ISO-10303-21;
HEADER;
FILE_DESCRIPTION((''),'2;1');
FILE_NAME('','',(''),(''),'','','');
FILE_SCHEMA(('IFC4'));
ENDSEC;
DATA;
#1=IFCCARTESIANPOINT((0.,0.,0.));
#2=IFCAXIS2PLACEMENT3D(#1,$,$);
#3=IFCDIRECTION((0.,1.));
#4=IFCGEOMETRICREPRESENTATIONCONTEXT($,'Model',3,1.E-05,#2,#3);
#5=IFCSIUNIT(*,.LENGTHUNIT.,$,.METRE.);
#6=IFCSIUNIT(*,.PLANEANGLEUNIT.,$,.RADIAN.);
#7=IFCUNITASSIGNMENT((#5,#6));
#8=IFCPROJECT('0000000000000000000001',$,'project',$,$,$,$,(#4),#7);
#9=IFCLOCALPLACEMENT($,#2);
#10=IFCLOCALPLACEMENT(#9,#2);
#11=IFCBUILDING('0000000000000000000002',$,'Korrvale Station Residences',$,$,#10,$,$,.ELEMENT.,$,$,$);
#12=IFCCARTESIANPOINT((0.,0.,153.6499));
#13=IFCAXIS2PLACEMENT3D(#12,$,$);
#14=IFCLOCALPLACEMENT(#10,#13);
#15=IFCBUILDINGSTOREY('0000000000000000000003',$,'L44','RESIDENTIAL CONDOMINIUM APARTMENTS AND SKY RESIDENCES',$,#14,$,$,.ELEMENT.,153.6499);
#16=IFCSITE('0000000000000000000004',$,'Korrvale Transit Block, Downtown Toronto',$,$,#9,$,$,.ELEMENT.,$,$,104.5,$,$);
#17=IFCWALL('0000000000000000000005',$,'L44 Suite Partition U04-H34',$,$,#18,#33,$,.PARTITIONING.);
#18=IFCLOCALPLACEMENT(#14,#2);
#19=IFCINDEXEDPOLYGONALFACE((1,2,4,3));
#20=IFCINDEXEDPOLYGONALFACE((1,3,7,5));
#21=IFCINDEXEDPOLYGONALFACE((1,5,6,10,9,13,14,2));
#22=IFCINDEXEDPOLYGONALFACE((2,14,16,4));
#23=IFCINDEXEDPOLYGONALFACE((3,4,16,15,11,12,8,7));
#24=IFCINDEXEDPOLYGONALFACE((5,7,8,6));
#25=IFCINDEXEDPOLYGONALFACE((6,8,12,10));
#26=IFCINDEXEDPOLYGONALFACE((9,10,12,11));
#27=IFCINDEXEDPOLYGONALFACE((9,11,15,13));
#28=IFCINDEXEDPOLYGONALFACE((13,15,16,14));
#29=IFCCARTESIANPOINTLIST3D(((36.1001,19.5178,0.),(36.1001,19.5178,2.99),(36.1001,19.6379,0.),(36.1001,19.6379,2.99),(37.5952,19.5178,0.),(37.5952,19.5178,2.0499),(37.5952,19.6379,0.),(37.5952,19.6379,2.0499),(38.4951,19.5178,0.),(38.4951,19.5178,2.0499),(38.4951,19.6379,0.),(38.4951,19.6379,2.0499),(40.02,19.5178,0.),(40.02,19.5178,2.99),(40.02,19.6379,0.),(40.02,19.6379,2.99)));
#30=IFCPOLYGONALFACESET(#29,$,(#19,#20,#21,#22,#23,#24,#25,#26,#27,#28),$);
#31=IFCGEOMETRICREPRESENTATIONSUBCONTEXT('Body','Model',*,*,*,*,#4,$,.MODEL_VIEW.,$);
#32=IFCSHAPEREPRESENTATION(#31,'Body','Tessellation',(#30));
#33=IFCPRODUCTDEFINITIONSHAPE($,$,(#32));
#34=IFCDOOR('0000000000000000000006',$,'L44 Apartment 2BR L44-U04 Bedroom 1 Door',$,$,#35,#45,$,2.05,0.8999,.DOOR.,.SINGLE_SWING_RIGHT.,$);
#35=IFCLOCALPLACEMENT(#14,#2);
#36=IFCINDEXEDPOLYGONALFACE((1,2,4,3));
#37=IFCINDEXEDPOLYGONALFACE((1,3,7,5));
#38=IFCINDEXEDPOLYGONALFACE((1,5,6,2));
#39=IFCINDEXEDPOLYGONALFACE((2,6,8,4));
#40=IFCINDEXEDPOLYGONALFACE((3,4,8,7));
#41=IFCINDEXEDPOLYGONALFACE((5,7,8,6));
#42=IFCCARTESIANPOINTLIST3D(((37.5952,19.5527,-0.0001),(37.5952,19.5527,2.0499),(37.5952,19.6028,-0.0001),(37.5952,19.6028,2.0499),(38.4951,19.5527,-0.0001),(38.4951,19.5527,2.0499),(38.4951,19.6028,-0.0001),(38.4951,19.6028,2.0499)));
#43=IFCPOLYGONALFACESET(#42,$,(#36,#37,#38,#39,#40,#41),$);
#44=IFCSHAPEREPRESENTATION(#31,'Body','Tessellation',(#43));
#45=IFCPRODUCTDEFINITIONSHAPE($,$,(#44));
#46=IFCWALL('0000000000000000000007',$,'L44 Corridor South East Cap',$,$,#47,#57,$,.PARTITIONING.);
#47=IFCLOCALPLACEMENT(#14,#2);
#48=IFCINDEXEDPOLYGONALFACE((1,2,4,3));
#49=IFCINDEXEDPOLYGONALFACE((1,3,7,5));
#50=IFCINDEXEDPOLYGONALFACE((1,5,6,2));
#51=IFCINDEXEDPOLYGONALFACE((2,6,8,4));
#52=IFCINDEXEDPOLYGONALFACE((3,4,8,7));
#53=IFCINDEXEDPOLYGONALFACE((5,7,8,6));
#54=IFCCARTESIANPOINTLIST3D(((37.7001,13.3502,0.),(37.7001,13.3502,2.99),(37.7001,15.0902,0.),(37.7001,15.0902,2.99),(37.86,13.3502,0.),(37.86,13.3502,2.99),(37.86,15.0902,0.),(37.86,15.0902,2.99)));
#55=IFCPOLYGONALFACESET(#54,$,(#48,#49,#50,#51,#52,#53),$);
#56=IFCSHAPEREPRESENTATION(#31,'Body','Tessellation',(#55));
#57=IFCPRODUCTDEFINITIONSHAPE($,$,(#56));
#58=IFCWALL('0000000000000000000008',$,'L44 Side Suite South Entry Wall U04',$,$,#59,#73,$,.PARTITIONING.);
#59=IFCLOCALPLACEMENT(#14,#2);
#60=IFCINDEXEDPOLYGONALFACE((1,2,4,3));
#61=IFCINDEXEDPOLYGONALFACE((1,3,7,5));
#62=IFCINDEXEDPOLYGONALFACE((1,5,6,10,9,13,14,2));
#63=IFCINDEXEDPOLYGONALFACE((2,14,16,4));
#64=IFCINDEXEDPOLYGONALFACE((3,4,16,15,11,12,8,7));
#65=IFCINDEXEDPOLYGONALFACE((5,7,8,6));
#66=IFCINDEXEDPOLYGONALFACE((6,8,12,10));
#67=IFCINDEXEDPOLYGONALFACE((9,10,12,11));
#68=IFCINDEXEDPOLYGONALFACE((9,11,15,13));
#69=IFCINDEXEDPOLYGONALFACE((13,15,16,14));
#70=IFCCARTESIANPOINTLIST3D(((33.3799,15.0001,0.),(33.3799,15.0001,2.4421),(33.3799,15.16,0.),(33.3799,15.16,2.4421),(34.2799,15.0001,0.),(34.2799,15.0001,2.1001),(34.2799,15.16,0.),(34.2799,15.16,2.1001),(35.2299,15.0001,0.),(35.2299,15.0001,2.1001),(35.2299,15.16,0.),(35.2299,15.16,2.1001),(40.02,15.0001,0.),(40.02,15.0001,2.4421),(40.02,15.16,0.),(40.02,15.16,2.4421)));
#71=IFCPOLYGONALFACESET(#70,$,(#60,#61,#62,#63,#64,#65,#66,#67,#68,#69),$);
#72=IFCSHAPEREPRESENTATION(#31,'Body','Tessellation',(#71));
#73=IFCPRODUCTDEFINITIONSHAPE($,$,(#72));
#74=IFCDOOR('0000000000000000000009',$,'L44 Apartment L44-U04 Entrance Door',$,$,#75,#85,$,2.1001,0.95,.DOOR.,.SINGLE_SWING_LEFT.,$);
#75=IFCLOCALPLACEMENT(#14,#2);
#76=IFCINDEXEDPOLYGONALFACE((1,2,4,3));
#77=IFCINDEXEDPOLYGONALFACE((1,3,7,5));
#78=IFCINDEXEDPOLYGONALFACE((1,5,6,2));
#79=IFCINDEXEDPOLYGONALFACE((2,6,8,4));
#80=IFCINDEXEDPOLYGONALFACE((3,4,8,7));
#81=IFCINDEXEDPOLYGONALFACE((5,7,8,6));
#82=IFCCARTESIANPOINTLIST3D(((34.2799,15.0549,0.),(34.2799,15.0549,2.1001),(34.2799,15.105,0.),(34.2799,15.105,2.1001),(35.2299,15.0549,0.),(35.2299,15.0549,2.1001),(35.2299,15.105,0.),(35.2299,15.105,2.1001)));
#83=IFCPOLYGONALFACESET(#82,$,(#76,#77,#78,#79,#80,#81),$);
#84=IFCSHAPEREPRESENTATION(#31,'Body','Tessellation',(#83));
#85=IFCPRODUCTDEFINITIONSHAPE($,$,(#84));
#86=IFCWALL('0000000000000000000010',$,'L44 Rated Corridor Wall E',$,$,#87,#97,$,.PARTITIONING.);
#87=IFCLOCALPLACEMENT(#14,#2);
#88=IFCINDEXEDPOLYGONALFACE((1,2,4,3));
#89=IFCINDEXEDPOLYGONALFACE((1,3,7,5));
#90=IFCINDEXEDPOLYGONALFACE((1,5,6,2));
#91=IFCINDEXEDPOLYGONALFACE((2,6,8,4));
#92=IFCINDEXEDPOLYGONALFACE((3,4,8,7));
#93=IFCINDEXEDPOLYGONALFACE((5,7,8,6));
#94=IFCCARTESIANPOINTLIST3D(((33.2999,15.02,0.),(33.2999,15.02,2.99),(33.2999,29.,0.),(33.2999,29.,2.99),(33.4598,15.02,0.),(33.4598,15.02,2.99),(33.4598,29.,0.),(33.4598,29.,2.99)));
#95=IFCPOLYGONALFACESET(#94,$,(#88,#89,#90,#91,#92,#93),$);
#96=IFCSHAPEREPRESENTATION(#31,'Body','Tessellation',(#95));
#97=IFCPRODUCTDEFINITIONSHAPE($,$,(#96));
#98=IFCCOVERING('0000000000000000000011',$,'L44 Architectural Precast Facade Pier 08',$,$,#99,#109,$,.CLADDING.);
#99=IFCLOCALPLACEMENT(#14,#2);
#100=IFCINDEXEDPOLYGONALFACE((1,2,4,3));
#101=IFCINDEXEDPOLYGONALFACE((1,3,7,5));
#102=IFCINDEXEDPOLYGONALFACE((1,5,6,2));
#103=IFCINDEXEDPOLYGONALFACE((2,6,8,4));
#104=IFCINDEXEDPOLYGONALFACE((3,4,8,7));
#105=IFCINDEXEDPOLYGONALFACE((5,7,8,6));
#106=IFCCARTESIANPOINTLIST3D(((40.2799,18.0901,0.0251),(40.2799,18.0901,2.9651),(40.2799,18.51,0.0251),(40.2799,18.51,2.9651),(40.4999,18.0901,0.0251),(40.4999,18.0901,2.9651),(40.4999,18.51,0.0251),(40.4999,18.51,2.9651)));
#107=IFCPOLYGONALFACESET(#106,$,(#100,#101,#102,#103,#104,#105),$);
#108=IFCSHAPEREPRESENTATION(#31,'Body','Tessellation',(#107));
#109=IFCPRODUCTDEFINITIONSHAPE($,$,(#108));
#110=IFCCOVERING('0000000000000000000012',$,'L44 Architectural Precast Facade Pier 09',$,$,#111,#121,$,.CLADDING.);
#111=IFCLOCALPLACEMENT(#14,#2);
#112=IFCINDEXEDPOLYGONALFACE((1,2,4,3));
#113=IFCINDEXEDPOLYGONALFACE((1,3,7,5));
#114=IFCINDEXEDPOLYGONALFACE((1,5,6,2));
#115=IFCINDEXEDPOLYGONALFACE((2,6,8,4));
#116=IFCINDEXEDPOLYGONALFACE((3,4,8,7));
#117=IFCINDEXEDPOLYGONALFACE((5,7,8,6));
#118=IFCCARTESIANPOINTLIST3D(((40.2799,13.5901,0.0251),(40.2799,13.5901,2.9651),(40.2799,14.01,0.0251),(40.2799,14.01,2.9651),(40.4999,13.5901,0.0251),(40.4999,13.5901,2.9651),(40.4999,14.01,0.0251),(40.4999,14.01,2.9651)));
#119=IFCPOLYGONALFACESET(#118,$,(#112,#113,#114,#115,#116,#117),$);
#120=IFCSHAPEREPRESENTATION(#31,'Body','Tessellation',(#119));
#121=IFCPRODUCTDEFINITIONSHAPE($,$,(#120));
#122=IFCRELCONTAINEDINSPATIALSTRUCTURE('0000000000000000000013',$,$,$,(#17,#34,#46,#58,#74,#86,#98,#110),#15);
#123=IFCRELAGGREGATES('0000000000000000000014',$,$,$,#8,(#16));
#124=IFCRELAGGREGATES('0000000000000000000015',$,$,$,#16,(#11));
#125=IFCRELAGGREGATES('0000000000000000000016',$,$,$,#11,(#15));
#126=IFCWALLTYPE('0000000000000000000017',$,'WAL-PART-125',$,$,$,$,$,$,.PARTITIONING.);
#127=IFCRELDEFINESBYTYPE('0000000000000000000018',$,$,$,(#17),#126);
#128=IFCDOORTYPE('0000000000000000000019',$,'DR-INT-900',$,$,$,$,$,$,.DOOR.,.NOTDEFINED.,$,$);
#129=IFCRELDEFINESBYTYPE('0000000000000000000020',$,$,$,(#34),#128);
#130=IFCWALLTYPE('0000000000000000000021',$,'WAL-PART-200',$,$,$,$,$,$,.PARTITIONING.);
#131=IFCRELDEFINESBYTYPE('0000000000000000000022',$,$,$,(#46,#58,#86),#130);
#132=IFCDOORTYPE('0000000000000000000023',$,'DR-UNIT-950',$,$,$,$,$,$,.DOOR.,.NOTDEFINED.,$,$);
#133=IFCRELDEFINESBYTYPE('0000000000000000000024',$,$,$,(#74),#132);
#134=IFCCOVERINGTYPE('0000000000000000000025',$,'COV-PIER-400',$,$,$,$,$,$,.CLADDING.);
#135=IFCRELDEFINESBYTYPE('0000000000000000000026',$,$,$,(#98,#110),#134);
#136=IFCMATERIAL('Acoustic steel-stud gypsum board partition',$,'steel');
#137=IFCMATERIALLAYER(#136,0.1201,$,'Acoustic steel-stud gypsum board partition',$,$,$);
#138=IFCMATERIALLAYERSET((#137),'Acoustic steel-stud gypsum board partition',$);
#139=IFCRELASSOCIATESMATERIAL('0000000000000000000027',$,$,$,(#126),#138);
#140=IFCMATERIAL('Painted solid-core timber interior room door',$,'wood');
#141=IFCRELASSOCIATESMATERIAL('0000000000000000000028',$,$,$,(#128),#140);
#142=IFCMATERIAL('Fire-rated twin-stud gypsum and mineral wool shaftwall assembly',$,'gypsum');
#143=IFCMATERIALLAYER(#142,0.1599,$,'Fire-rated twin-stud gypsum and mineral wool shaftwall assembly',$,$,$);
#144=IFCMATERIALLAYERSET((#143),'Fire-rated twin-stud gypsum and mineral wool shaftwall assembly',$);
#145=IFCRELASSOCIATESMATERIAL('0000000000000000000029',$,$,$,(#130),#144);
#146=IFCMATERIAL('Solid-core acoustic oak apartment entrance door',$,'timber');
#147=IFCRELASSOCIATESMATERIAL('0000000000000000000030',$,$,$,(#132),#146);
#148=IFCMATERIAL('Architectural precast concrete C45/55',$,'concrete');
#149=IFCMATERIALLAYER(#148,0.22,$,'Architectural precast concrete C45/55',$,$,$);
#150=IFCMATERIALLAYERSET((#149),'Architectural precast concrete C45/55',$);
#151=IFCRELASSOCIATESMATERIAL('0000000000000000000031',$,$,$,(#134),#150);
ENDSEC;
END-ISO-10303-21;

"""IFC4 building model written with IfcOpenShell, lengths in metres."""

from ifc_helpers import new_model, si_unit, direction, frame, frame_2d, origin, origin_2d, place, context, subcontext, project, spatial, rectangle, extrude, material, layer, layer_set, type_object, element, fill, save


model = new_model("IFC4")

# Units and contexts
model_context = context("Model", 3, precision=1e-05, world=origin(), true_north=direction((0.0, 1.0)))
body_context = subcontext(model_context, "Body", "Model", "MODEL_VIEW")
ifc_project = project(units=[si_unit("LENGTHUNIT", "METRE"), si_unit("PLANEANGLEUNIT", "RADIAN")], contexts=[model_context])

# Site, building, storey
site_placement = place(None, origin())
site = spatial("IfcSite", under=ifc_project, at=site_placement, Name="Korrvale Transit Block, Downtown Toronto", CompositionType="ELEMENT", RefElevation=104.5)
building_placement = place(site_placement, origin())
building = spatial("IfcBuilding", under=site, at=building_placement, Name="Korrvale Station Residences", CompositionType="ELEMENT")
storey_placement = place(building_placement, frame((0.0, 0.0, 153.6499)))
storey = spatial("IfcBuildingStorey", under=building, at=storey_placement, Name="L44", Description="RESIDENTIAL CONDOMINIUM APARTMENTS AND SKY RESIDENCES", CompositionType="ELEMENT", Elevation=153.6499)

# Shared definitions
ifc_material_1 = material(Name="Acoustic steel-stud gypsum board partition", Category="steel")
ifc_layer_1 = layer(ifc_material_1, 0.1201, Name="Acoustic steel-stud gypsum board partition")
ifc_layer_set_1 = layer_set([ifc_layer_1], Name="Acoustic steel-stud gypsum board partition")
wall_type_1 = type_object("IfcWallType", Name="WAL-PART-125", PredefinedType="PARTITIONING", material=ifc_layer_set_1)

# Wall, opening, door
ifc_material_2 = material(Name="Painted solid-core timber interior room door", Category="wood")
door_type_1 = type_object("IfcDoorType", Name="DR-INT-900", OperationType="NOTDEFINED", PredefinedType="DOOR", material=ifc_material_2)
wall_1_placement = place(storey_placement, frame((36.1001, 19.5779, 0.0), z_axis=(0.0, 0.0, 1.0), x_axis=(1.0, 0.0, 0.0)))
wall_1 = element("IfcWall", 1, at=wall_1_placement, inside=storey, type_object=wall_type_1, Name="L44 Suite Partition U04-H34", PredefinedType="PARTITIONING", context=body_context, shape_type="SweptSolid", body=[
    extrude(rectangle(XDim=3.9199, YDim=0.1201, at=frame_2d((1.96, 0.0))), origin(), (0.0, 0.0, 1.0), 2.99),
])
opening_1_placement = place(wall_1_placement, frame((1.4951, 0.0, 0.0)))
opening_1 = element("IfcOpeningElement", 2, at=opening_1_placement, cuts=wall_1, PredefinedType="OPENING", context=body_context, shape_type="SweptSolid", body=[
    extrude(rectangle(XDim=0.8999, YDim=2.05, at=frame_2d((0.45, 1.0249))), frame((0.0, 0.0701, 0.0), z_axis=(0.0, -1.0, 0.0), x_axis=(1.0, 0.0, 0.0)), (0.0, 0.0, 1.0), 0.1401),
])
door_1_placement = place(opening_1_placement, origin())
door_1 = element("IfcDoor", 3, at=door_1_placement, inside=storey, type_object=door_type_1, Name="L44 Apartment 2BR L44-U04 Bedroom 1 Door", OperationType="SINGLE_SWING_RIGHT", OverallHeight=2.05, OverallWidth=0.8999, PredefinedType="DOOR", context=body_context, shape_type="SweptSolid", body=[
    extrude(rectangle(XDim=0.8999, YDim=2.05, at=frame_2d((0.45, 1.0249))), frame((0.0, 0.0249, 0.0), z_axis=(0.0, -1.0, 0.0), x_axis=(1.0, 0.0, 0.0)), (0.0, 0.0, 1.0), 0.05),
])
fill(opening_1, door_1)

# Wall
ifc_material_3 = material(Name="Fire-rated twin-stud gypsum and mineral wool shaftwall assembly", Category="gypsum")
ifc_layer_2 = layer(ifc_material_3, 0.1599, Name="Fire-rated twin-stud gypsum and mineral wool shaftwall assembly")
ifc_layer_set_2 = layer_set([ifc_layer_2], Name="Fire-rated twin-stud gypsum and mineral wool shaftwall assembly")
wall_type_2 = type_object("IfcWallType", Name="WAL-PART-200", PredefinedType="PARTITIONING", material=ifc_layer_set_2)
wall_2_placement = place(storey_placement, frame((37.78, 13.3501, 0.0), z_axis=(0.0, 0.0, 1.0), x_axis=(0.0, 1.0, 0.0)))
element("IfcWall", 4, at=wall_2_placement, inside=storey, type_object=wall_type_2, Name="L44 Corridor South East Cap", PredefinedType="PARTITIONING", context=body_context, shape_type="SweptSolid", body=[
    extrude(rectangle(XDim=1.74, YDim=0.1599, at=frame_2d((0.8701, 0.0))), origin(), (0.0, 0.0, 1.0), 2.99),
])

# Wall, opening, door
wall_3_placement = place(storey_placement, frame((33.3799, 15.0801, 0.0), z_axis=(0.0, 0.0, 1.0), x_axis=(1.0, 0.0, 0.0)))
wall_3 = element("IfcWall", 5, at=wall_3_placement, inside=storey, type_object=wall_type_2, Name="L44 Side Suite South Entry Wall U04", PredefinedType="PARTITIONING", context=body_context, shape_type="SweptSolid", body=[
    extrude(rectangle(XDim=6.6401, YDim=0.1599, at=frame_2d((3.3201, 0.0))), origin(), (0.0, 0.0, 1.0), 2.4421),
])
opening_2_placement = place(wall_3_placement, frame((0.8999, 0.0, 0.0)))
opening_2 = element("IfcOpeningElement", 6, at=opening_2_placement, cuts=wall_3, PredefinedType="OPENING", context=body_context, shape_type="SweptSolid", body=[
    extrude(rectangle(XDim=0.95, YDim=2.1001, at=frame_2d((0.4751, 1.05))), frame((0.0, 0.0898, 0.0), z_axis=(0.0, -1.0, 0.0), x_axis=(1.0, 0.0, 0.0)), (0.0, 0.0, 1.0), 0.1799),
])
ifc_material_4 = material(Name="Solid-core acoustic oak apartment entrance door", Category="timber")
door_type_2 = type_object("IfcDoorType", Name="DR-UNIT-950", OperationType="NOTDEFINED", PredefinedType="DOOR", material=ifc_material_4)
door_2_placement = place(opening_2_placement, origin())
door_2 = element("IfcDoor", 7, at=door_2_placement, inside=storey, type_object=door_type_2, Name="L44 Apartment L44-U04 Entrance Door", OperationType="SINGLE_SWING_LEFT", OverallHeight=2.1001, OverallWidth=0.95, PredefinedType="DOOR", context=body_context, shape_type="SweptSolid", body=[
    extrude(rectangle(XDim=0.95, YDim=2.1001, at=frame_2d((0.4751, 1.05))), frame((0.0, 0.0249, 0.0), z_axis=(0.0, -1.0, 0.0), x_axis=(1.0, 0.0, 0.0)), (0.0, 0.0, 1.0), 0.05),
])
fill(opening_2, door_2)

# Wall
wall_4_placement = place(storey_placement, frame((33.3799, 15.02, 0.0), z_axis=(0.0, 0.0, 1.0), x_axis=(0.0, 1.0, 0.0)))
element("IfcWall", 8, at=wall_4_placement, inside=storey, type_object=wall_type_2, Name="L44 Rated Corridor Wall E", PredefinedType="PARTITIONING", context=body_context, shape_type="SweptSolid", body=[
    extrude(rectangle(XDim=13.98, YDim=0.1599, at=frame_2d((6.99, 0.0))), origin(), (0.0, 0.0, 1.0), 2.99),
])

# Coverings
ifc_material_5 = material(Name="Architectural precast concrete C45/55", Category="concrete")
ifc_layer_3 = layer(ifc_material_5, 0.22, Name="Architectural precast concrete C45/55")
ifc_layer_set_3 = layer_set([ifc_layer_3], Name="Architectural precast concrete C45/55")
covering_type = type_object("IfcCoveringType", Name="COV-PIER-400", PredefinedType="CLADDING", material=ifc_layer_set_3)
for number, where, z_axis, x_axis, name in (
    (9, (40.3899, 18.3, 0.0251), (0.0, 0.0, 1.0), (0.0, 1.0, 0.0), "L44 Architectural Precast Facade Pier 08"),
    (10, (40.3899, 13.8, 0.0251), (0.0, 0.0, 1.0), (0.0, 1.0, 0.0), "L44 Architectural Precast Facade Pier 09"),
):
    element("IfcCovering", number, at=place(storey_placement, frame(where, z_axis=z_axis, x_axis=x_axis)), inside=storey, type_object=covering_type, Name=name, PredefinedType="CLADDING", context=body_context, shape_type="SweptSolid", body=[
        extrude(rectangle(XDim=0.4199, YDim=0.22, at=origin_2d()), origin(), (0.0, 0.0, 1.0), 2.9399),
    ])

save(model, "model.ifc")
